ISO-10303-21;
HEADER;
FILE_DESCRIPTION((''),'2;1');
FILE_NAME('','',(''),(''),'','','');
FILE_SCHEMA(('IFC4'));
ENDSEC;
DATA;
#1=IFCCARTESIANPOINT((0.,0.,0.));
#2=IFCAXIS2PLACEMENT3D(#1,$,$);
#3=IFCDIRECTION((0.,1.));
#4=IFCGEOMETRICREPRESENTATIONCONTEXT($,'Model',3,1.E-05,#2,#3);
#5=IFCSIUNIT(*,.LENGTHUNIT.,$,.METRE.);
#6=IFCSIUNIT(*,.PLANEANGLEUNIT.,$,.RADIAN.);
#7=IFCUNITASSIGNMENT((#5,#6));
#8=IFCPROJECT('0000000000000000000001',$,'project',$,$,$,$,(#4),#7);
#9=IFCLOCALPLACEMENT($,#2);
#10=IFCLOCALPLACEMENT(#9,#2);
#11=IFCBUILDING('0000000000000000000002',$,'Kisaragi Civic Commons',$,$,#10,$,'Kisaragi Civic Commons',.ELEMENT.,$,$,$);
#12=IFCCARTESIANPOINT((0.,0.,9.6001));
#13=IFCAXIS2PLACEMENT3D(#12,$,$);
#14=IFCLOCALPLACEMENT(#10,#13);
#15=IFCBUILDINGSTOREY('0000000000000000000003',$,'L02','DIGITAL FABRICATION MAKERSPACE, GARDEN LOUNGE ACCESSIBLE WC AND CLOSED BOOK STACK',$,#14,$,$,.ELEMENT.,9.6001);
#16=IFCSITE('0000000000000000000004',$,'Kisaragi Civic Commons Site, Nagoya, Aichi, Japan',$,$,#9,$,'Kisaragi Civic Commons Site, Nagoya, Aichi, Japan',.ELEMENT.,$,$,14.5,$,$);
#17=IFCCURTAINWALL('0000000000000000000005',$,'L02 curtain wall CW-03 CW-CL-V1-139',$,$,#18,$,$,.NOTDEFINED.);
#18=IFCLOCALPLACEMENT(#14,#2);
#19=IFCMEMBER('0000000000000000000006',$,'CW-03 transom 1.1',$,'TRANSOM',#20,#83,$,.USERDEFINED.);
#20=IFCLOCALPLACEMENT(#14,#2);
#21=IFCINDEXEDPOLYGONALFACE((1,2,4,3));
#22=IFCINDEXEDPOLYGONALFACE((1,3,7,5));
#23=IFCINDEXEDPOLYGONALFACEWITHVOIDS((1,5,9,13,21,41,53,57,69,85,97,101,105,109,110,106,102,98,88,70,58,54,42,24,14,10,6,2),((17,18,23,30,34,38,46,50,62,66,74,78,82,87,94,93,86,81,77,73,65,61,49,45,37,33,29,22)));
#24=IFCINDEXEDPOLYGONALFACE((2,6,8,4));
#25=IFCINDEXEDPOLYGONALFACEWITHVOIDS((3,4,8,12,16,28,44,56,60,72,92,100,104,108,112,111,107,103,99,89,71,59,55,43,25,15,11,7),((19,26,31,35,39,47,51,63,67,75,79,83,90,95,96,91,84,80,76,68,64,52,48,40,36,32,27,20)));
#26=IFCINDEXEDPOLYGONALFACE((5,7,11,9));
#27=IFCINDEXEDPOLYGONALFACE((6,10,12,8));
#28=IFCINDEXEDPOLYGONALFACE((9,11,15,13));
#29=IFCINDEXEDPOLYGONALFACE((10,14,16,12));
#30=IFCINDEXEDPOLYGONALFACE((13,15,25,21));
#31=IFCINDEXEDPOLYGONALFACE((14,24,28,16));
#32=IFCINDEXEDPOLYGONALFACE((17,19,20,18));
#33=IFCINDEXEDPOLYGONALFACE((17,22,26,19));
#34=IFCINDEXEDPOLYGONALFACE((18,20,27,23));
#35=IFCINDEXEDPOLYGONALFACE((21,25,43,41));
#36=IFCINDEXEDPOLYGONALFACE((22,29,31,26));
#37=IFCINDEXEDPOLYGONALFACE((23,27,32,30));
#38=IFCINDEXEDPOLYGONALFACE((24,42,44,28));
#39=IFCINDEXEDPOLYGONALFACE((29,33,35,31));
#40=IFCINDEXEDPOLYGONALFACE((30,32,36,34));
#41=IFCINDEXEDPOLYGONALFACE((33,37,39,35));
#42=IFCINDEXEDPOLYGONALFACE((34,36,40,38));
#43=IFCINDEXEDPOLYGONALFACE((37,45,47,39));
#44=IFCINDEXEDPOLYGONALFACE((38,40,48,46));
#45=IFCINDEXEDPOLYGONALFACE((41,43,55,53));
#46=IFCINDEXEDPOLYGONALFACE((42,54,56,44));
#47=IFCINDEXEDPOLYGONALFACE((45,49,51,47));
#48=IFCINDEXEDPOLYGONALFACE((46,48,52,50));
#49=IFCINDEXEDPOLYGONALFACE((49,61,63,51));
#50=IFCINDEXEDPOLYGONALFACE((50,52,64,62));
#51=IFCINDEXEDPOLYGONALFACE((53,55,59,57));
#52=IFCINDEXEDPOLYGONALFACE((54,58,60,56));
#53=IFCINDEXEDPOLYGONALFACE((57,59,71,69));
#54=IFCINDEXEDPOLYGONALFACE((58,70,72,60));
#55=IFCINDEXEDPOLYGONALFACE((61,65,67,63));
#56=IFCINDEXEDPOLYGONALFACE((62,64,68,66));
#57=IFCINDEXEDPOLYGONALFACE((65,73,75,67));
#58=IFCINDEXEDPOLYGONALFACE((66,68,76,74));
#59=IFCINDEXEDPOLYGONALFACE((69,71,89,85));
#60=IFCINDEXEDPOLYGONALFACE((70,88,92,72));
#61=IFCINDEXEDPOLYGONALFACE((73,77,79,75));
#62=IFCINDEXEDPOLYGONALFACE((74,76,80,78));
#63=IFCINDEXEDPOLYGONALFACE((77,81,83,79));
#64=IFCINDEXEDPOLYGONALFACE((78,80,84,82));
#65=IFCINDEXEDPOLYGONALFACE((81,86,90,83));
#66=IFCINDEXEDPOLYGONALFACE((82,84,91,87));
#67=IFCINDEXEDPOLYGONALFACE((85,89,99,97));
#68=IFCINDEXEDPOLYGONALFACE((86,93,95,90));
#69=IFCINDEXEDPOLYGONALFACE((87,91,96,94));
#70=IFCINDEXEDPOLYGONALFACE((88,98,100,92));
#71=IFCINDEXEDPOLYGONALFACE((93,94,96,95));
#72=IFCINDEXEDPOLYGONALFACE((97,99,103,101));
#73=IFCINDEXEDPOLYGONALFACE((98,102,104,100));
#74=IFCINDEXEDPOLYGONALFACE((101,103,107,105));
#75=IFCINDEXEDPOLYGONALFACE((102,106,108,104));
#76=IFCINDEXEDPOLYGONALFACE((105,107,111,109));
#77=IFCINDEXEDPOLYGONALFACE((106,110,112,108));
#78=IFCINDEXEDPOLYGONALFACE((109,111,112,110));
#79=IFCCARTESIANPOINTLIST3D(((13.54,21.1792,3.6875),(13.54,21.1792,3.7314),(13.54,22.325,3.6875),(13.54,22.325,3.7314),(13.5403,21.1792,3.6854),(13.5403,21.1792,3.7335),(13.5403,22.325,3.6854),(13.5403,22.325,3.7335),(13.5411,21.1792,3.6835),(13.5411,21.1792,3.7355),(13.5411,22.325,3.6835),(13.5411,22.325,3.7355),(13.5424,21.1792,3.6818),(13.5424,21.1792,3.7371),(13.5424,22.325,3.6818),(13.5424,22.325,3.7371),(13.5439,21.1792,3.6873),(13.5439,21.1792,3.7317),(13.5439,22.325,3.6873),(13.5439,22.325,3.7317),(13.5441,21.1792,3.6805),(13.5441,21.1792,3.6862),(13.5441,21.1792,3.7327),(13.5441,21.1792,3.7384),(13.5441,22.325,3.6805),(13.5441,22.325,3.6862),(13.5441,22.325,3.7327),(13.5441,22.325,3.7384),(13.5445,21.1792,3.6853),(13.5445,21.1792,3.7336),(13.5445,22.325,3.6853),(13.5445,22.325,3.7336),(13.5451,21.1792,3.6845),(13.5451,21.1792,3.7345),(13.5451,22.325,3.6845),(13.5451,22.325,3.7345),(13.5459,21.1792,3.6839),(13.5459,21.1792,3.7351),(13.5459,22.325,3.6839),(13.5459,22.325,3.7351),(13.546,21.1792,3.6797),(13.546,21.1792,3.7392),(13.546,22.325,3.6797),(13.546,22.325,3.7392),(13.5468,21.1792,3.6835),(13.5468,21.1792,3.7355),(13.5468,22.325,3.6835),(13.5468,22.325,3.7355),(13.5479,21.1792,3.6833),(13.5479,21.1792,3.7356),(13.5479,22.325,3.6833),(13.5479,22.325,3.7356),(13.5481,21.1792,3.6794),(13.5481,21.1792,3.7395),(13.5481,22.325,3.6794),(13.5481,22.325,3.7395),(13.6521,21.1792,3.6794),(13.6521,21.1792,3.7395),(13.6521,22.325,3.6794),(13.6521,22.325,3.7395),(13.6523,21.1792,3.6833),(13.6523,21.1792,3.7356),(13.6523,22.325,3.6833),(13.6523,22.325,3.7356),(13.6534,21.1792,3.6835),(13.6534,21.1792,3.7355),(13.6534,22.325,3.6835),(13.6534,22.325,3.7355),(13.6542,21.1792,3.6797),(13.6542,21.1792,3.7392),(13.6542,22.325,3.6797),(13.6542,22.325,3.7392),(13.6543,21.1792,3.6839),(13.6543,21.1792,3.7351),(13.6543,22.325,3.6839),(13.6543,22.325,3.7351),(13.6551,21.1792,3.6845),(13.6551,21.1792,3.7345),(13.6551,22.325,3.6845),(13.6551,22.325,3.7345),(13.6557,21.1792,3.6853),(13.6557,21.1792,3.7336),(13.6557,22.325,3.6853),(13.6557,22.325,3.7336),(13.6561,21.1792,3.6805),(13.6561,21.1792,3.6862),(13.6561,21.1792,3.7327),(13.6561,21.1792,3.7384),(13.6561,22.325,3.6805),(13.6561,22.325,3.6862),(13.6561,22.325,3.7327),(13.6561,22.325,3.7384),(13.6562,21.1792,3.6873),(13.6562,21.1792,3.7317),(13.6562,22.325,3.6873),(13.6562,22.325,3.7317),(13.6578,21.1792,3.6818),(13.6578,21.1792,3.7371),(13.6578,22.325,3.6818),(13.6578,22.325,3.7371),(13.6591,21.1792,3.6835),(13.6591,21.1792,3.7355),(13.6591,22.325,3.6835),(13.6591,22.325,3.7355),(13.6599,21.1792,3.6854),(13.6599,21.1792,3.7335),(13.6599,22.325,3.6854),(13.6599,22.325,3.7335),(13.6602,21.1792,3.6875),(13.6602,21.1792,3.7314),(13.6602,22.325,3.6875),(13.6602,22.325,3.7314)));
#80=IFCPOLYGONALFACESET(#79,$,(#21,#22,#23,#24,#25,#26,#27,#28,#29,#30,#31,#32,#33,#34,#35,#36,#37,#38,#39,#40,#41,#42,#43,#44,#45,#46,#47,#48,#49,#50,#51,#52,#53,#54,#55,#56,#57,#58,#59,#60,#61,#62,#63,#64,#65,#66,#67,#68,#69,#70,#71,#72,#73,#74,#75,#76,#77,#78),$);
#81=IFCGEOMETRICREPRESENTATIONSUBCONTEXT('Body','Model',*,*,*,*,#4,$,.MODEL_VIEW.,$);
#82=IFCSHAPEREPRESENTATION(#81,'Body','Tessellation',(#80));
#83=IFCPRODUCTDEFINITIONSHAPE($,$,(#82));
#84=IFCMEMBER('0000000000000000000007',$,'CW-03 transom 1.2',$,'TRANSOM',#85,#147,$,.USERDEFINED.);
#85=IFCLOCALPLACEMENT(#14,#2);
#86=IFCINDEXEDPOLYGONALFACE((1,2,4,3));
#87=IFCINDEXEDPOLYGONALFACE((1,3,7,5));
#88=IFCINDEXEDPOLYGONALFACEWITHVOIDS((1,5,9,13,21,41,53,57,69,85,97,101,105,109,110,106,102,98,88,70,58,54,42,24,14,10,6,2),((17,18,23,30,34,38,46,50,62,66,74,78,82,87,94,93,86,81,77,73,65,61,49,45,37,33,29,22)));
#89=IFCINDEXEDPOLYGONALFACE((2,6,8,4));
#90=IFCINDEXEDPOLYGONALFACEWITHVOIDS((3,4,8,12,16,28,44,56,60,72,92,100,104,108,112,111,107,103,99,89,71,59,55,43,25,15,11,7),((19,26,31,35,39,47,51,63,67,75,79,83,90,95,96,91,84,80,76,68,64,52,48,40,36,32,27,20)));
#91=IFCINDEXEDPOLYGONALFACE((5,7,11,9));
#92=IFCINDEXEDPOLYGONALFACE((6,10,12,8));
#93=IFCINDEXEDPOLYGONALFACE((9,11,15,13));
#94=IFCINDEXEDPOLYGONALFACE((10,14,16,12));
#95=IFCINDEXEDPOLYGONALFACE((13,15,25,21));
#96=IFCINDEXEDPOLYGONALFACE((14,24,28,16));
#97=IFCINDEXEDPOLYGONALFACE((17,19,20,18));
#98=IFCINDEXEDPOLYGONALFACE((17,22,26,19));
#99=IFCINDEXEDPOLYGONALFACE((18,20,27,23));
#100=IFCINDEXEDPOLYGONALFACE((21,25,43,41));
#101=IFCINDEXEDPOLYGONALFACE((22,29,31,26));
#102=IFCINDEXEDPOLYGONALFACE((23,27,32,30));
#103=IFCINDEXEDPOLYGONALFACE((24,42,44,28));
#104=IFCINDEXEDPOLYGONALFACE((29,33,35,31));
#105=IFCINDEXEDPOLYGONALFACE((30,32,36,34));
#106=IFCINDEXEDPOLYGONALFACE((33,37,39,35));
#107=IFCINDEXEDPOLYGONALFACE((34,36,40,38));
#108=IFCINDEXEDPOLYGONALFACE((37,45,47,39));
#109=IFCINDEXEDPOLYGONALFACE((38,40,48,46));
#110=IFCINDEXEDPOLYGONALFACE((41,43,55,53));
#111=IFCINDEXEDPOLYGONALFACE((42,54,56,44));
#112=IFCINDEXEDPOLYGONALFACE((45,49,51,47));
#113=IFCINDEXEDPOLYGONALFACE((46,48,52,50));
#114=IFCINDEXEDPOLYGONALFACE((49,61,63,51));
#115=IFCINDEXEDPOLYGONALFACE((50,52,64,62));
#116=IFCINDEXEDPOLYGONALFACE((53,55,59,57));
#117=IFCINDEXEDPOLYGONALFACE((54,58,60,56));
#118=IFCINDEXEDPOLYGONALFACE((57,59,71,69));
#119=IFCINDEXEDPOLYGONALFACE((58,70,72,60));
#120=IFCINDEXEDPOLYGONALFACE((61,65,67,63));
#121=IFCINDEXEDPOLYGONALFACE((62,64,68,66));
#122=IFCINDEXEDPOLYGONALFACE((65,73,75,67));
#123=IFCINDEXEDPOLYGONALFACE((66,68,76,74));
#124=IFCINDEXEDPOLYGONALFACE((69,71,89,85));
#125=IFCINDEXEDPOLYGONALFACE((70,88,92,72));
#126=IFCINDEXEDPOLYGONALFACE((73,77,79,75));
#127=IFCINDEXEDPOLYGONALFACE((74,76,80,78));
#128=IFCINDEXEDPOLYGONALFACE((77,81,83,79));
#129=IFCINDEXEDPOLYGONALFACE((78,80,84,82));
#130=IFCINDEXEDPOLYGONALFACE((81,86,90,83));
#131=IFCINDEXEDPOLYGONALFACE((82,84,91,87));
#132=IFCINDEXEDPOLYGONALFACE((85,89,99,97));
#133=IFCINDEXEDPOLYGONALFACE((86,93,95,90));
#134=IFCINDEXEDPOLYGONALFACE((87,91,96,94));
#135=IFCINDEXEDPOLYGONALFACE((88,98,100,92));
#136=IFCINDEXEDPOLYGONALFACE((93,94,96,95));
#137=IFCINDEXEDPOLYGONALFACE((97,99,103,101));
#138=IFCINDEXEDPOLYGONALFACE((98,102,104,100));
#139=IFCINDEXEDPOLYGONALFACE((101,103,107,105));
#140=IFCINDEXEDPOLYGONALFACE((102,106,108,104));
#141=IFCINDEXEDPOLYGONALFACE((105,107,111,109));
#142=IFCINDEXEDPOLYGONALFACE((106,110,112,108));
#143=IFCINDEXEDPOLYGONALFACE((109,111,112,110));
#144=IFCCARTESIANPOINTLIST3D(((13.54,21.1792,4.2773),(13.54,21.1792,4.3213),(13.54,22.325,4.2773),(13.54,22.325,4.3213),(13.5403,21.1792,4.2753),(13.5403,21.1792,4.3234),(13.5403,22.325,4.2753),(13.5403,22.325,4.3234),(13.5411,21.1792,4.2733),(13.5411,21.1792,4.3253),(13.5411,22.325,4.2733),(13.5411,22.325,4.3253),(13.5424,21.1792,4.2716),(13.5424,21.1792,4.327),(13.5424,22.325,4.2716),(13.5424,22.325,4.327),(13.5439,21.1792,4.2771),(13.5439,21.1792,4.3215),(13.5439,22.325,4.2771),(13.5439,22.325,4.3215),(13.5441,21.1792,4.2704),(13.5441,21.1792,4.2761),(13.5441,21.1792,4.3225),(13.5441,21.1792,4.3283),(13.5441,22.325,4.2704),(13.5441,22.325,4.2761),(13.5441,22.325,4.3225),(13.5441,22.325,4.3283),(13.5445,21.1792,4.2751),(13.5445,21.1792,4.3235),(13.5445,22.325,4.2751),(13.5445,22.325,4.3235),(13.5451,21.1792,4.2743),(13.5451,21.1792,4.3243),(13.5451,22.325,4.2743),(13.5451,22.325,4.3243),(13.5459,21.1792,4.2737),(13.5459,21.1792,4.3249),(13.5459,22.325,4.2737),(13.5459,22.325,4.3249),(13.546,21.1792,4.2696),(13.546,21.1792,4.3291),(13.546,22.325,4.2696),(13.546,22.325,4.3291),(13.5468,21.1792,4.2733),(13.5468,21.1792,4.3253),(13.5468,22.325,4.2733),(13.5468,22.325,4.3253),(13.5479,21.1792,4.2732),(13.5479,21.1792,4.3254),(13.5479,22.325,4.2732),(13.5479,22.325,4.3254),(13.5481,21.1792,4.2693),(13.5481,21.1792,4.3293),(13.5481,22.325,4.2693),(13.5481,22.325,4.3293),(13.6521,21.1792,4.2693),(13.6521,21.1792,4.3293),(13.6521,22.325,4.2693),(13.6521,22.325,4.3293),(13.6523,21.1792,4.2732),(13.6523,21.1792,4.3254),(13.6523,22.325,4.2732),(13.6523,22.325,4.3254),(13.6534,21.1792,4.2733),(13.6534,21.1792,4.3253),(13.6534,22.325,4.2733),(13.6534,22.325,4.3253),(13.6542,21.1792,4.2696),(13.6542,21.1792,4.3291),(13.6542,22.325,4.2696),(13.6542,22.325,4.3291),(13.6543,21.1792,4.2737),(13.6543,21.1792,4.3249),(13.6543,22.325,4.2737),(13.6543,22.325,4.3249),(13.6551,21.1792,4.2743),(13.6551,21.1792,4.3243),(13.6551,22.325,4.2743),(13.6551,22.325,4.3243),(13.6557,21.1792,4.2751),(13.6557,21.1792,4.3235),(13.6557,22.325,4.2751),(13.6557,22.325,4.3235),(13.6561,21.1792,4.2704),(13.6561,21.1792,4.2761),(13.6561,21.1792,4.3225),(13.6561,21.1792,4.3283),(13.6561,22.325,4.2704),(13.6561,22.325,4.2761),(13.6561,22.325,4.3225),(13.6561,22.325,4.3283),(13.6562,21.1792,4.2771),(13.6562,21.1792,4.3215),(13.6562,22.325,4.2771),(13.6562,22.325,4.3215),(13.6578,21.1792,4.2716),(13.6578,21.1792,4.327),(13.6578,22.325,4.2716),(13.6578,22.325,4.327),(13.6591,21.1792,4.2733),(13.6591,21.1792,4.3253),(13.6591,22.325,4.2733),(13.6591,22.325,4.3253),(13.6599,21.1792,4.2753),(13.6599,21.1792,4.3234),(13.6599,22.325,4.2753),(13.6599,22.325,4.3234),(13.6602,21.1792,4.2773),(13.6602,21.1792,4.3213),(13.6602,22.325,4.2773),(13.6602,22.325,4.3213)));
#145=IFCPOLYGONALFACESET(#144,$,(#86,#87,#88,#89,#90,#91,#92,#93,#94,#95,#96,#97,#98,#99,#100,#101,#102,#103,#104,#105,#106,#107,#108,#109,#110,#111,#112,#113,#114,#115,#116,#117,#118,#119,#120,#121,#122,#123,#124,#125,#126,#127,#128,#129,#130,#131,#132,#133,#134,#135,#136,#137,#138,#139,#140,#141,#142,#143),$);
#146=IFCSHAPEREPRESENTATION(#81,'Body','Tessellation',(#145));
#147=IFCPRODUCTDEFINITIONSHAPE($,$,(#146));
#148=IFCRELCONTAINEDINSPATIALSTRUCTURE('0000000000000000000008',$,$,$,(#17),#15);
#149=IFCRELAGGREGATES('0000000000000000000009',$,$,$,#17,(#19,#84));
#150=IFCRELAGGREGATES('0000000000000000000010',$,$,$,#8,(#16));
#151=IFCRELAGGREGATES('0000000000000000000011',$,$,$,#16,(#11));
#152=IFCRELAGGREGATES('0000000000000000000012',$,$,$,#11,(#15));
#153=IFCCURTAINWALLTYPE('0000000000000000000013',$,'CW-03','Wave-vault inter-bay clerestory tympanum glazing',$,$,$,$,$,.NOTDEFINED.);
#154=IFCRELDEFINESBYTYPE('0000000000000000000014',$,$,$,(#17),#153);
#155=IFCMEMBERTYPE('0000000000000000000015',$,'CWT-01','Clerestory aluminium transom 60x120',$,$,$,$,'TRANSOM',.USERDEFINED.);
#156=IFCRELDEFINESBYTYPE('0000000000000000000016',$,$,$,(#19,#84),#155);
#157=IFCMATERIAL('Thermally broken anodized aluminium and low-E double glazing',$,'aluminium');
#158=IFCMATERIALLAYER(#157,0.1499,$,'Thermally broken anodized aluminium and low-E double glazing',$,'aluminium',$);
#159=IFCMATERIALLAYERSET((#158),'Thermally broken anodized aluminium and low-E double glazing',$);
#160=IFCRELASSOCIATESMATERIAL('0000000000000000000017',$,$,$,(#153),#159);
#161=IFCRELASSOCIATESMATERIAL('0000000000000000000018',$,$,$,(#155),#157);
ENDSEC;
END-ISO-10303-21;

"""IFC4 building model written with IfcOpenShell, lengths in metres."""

from ifc_helpers import new_model, si_unit, direction, frame, origin, origin_2d, place, context, subcontext, project, spatial, hollow_rectangle, extrude, material, layer, layer_set, material_profile, profile_set, type_object, element, aggregate, save


model = new_model("IFC4")

# Units and contexts
model_context = context("Model", 3, precision=1e-05, world=origin(), true_north=direction((0.0, 1.0)))
body_context = subcontext(model_context, "Body", "Model", "MODEL_VIEW")
ifc_project = project(units=[si_unit("LENGTHUNIT", "METRE"), si_unit("PLANEANGLEUNIT", "RADIAN")], contexts=[model_context])

# Site, building, storey
site_placement = place(None, origin())
site = spatial("IfcSite", under=ifc_project, at=site_placement, Name="Kisaragi Civic Commons Site, Nagoya, Aichi, Japan", LongName="Kisaragi Civic Commons Site, Nagoya, Aichi, Japan", CompositionType="ELEMENT", RefElevation=14.5)
building_placement = place(site_placement, origin())
building = spatial("IfcBuilding", under=site, at=building_placement, Name="Kisaragi Civic Commons", LongName="Kisaragi Civic Commons", CompositionType="ELEMENT")
storey_placement = place(building_placement, frame((0.0, 0.0, 9.6001)))
storey = spatial("IfcBuildingStorey", under=building, at=storey_placement, Name="L02", Description="DIGITAL FABRICATION MAKERSPACE, GARDEN LOUNGE ACCESSIBLE WC AND CLOSED BOOK STACK", CompositionType="ELEMENT", Elevation=9.6001)

# Curtain wall
ifc_material_1 = material(Name="Thermally broken anodized aluminium and low-E double glazing", Category="aluminium")
ifc_layer_1 = layer(ifc_material_1, 0.1499, Name="Thermally broken anodized aluminium and low-E double glazing", Category="aluminium")
ifc_layer_set_1 = layer_set([ifc_layer_1], Name="Thermally broken anodized aluminium and low-E double glazing")
curtain_wall_type = type_object("IfcCurtainWallType", Name="CW-03", Description="Wave-vault inter-bay clerestory tympanum glazing", PredefinedType="NOTDEFINED", material=ifc_layer_set_1)
curtain_wall_1_placement = place(storey_placement, origin())
curtain_wall_1 = element("IfcCurtainWall", 1, at=curtain_wall_1_placement, inside=storey, type_object=curtain_wall_type, Name="L02 curtain wall CW-03 CW-CL-V1-139", PredefinedType="NOTDEFINED")

# Members
ifc_material_profile_1 = material_profile(ifc_material_1, hollow_rectangle(XDim=0.1201, YDim=0.0601, WallThickness=0.0039, InnerFilletRadius=0.0039, OuterFilletRadius=0.0081, at=origin_2d()), Name="CWT-60x120x4", Category="aluminium")
ifc_profile_set_1 = profile_set([ifc_material_profile_1], Name="Thermally broken anodized aluminium and low-E double glazing")
member_type_1 = type_object("IfcMemberType", Name="CWT-01", Description="Clerestory aluminium transom 60x120", ElementType="TRANSOM", PredefinedType="USERDEFINED", material=ifc_profile_set_1)
member_1_placement = place(storey_placement, frame((13.6001, 21.1792, 3.7095), z_axis=(0.0, 1.0, 0.0), x_axis=(-1.0, 0.0, 0.0)))
member_1 = element("IfcMember", 2, at=member_1_placement, type_object=member_type_1, Name="CW-03 transom 1.1", ObjectType="TRANSOM", PredefinedType="USERDEFINED", context=body_context, shape_type="SweptSolid", body=[
    extrude(hollow_rectangle(XDim=0.1201, YDim=0.0601, WallThickness=0.0039, InnerFilletRadius=0.0039, OuterFilletRadius=0.0081, at=origin_2d()), origin(), (0.0, 0.0, 1.0), 1.1458),
])
member_2_placement = place(storey_placement, frame((13.6001, 21.1792, 4.2993), z_axis=(0.0, 1.0, 0.0), x_axis=(-1.0, 0.0, 0.0)))
member_2 = element("IfcMember", 3, at=member_2_placement, type_object=member_type_1, Name="CW-03 transom 1.2", ObjectType="TRANSOM", PredefinedType="USERDEFINED", context=body_context, shape_type="SweptSolid", body=[
    extrude(hollow_rectangle(XDim=0.1201, YDim=0.0601, WallThickness=0.0039, InnerFilletRadius=0.0039, OuterFilletRadius=0.0081, at=origin_2d()), origin(), (0.0, 0.0, 1.0), 1.1458),
])

aggregate(curtain_wall_1, [member_1, member_2])

save(model, "model.ifc")
